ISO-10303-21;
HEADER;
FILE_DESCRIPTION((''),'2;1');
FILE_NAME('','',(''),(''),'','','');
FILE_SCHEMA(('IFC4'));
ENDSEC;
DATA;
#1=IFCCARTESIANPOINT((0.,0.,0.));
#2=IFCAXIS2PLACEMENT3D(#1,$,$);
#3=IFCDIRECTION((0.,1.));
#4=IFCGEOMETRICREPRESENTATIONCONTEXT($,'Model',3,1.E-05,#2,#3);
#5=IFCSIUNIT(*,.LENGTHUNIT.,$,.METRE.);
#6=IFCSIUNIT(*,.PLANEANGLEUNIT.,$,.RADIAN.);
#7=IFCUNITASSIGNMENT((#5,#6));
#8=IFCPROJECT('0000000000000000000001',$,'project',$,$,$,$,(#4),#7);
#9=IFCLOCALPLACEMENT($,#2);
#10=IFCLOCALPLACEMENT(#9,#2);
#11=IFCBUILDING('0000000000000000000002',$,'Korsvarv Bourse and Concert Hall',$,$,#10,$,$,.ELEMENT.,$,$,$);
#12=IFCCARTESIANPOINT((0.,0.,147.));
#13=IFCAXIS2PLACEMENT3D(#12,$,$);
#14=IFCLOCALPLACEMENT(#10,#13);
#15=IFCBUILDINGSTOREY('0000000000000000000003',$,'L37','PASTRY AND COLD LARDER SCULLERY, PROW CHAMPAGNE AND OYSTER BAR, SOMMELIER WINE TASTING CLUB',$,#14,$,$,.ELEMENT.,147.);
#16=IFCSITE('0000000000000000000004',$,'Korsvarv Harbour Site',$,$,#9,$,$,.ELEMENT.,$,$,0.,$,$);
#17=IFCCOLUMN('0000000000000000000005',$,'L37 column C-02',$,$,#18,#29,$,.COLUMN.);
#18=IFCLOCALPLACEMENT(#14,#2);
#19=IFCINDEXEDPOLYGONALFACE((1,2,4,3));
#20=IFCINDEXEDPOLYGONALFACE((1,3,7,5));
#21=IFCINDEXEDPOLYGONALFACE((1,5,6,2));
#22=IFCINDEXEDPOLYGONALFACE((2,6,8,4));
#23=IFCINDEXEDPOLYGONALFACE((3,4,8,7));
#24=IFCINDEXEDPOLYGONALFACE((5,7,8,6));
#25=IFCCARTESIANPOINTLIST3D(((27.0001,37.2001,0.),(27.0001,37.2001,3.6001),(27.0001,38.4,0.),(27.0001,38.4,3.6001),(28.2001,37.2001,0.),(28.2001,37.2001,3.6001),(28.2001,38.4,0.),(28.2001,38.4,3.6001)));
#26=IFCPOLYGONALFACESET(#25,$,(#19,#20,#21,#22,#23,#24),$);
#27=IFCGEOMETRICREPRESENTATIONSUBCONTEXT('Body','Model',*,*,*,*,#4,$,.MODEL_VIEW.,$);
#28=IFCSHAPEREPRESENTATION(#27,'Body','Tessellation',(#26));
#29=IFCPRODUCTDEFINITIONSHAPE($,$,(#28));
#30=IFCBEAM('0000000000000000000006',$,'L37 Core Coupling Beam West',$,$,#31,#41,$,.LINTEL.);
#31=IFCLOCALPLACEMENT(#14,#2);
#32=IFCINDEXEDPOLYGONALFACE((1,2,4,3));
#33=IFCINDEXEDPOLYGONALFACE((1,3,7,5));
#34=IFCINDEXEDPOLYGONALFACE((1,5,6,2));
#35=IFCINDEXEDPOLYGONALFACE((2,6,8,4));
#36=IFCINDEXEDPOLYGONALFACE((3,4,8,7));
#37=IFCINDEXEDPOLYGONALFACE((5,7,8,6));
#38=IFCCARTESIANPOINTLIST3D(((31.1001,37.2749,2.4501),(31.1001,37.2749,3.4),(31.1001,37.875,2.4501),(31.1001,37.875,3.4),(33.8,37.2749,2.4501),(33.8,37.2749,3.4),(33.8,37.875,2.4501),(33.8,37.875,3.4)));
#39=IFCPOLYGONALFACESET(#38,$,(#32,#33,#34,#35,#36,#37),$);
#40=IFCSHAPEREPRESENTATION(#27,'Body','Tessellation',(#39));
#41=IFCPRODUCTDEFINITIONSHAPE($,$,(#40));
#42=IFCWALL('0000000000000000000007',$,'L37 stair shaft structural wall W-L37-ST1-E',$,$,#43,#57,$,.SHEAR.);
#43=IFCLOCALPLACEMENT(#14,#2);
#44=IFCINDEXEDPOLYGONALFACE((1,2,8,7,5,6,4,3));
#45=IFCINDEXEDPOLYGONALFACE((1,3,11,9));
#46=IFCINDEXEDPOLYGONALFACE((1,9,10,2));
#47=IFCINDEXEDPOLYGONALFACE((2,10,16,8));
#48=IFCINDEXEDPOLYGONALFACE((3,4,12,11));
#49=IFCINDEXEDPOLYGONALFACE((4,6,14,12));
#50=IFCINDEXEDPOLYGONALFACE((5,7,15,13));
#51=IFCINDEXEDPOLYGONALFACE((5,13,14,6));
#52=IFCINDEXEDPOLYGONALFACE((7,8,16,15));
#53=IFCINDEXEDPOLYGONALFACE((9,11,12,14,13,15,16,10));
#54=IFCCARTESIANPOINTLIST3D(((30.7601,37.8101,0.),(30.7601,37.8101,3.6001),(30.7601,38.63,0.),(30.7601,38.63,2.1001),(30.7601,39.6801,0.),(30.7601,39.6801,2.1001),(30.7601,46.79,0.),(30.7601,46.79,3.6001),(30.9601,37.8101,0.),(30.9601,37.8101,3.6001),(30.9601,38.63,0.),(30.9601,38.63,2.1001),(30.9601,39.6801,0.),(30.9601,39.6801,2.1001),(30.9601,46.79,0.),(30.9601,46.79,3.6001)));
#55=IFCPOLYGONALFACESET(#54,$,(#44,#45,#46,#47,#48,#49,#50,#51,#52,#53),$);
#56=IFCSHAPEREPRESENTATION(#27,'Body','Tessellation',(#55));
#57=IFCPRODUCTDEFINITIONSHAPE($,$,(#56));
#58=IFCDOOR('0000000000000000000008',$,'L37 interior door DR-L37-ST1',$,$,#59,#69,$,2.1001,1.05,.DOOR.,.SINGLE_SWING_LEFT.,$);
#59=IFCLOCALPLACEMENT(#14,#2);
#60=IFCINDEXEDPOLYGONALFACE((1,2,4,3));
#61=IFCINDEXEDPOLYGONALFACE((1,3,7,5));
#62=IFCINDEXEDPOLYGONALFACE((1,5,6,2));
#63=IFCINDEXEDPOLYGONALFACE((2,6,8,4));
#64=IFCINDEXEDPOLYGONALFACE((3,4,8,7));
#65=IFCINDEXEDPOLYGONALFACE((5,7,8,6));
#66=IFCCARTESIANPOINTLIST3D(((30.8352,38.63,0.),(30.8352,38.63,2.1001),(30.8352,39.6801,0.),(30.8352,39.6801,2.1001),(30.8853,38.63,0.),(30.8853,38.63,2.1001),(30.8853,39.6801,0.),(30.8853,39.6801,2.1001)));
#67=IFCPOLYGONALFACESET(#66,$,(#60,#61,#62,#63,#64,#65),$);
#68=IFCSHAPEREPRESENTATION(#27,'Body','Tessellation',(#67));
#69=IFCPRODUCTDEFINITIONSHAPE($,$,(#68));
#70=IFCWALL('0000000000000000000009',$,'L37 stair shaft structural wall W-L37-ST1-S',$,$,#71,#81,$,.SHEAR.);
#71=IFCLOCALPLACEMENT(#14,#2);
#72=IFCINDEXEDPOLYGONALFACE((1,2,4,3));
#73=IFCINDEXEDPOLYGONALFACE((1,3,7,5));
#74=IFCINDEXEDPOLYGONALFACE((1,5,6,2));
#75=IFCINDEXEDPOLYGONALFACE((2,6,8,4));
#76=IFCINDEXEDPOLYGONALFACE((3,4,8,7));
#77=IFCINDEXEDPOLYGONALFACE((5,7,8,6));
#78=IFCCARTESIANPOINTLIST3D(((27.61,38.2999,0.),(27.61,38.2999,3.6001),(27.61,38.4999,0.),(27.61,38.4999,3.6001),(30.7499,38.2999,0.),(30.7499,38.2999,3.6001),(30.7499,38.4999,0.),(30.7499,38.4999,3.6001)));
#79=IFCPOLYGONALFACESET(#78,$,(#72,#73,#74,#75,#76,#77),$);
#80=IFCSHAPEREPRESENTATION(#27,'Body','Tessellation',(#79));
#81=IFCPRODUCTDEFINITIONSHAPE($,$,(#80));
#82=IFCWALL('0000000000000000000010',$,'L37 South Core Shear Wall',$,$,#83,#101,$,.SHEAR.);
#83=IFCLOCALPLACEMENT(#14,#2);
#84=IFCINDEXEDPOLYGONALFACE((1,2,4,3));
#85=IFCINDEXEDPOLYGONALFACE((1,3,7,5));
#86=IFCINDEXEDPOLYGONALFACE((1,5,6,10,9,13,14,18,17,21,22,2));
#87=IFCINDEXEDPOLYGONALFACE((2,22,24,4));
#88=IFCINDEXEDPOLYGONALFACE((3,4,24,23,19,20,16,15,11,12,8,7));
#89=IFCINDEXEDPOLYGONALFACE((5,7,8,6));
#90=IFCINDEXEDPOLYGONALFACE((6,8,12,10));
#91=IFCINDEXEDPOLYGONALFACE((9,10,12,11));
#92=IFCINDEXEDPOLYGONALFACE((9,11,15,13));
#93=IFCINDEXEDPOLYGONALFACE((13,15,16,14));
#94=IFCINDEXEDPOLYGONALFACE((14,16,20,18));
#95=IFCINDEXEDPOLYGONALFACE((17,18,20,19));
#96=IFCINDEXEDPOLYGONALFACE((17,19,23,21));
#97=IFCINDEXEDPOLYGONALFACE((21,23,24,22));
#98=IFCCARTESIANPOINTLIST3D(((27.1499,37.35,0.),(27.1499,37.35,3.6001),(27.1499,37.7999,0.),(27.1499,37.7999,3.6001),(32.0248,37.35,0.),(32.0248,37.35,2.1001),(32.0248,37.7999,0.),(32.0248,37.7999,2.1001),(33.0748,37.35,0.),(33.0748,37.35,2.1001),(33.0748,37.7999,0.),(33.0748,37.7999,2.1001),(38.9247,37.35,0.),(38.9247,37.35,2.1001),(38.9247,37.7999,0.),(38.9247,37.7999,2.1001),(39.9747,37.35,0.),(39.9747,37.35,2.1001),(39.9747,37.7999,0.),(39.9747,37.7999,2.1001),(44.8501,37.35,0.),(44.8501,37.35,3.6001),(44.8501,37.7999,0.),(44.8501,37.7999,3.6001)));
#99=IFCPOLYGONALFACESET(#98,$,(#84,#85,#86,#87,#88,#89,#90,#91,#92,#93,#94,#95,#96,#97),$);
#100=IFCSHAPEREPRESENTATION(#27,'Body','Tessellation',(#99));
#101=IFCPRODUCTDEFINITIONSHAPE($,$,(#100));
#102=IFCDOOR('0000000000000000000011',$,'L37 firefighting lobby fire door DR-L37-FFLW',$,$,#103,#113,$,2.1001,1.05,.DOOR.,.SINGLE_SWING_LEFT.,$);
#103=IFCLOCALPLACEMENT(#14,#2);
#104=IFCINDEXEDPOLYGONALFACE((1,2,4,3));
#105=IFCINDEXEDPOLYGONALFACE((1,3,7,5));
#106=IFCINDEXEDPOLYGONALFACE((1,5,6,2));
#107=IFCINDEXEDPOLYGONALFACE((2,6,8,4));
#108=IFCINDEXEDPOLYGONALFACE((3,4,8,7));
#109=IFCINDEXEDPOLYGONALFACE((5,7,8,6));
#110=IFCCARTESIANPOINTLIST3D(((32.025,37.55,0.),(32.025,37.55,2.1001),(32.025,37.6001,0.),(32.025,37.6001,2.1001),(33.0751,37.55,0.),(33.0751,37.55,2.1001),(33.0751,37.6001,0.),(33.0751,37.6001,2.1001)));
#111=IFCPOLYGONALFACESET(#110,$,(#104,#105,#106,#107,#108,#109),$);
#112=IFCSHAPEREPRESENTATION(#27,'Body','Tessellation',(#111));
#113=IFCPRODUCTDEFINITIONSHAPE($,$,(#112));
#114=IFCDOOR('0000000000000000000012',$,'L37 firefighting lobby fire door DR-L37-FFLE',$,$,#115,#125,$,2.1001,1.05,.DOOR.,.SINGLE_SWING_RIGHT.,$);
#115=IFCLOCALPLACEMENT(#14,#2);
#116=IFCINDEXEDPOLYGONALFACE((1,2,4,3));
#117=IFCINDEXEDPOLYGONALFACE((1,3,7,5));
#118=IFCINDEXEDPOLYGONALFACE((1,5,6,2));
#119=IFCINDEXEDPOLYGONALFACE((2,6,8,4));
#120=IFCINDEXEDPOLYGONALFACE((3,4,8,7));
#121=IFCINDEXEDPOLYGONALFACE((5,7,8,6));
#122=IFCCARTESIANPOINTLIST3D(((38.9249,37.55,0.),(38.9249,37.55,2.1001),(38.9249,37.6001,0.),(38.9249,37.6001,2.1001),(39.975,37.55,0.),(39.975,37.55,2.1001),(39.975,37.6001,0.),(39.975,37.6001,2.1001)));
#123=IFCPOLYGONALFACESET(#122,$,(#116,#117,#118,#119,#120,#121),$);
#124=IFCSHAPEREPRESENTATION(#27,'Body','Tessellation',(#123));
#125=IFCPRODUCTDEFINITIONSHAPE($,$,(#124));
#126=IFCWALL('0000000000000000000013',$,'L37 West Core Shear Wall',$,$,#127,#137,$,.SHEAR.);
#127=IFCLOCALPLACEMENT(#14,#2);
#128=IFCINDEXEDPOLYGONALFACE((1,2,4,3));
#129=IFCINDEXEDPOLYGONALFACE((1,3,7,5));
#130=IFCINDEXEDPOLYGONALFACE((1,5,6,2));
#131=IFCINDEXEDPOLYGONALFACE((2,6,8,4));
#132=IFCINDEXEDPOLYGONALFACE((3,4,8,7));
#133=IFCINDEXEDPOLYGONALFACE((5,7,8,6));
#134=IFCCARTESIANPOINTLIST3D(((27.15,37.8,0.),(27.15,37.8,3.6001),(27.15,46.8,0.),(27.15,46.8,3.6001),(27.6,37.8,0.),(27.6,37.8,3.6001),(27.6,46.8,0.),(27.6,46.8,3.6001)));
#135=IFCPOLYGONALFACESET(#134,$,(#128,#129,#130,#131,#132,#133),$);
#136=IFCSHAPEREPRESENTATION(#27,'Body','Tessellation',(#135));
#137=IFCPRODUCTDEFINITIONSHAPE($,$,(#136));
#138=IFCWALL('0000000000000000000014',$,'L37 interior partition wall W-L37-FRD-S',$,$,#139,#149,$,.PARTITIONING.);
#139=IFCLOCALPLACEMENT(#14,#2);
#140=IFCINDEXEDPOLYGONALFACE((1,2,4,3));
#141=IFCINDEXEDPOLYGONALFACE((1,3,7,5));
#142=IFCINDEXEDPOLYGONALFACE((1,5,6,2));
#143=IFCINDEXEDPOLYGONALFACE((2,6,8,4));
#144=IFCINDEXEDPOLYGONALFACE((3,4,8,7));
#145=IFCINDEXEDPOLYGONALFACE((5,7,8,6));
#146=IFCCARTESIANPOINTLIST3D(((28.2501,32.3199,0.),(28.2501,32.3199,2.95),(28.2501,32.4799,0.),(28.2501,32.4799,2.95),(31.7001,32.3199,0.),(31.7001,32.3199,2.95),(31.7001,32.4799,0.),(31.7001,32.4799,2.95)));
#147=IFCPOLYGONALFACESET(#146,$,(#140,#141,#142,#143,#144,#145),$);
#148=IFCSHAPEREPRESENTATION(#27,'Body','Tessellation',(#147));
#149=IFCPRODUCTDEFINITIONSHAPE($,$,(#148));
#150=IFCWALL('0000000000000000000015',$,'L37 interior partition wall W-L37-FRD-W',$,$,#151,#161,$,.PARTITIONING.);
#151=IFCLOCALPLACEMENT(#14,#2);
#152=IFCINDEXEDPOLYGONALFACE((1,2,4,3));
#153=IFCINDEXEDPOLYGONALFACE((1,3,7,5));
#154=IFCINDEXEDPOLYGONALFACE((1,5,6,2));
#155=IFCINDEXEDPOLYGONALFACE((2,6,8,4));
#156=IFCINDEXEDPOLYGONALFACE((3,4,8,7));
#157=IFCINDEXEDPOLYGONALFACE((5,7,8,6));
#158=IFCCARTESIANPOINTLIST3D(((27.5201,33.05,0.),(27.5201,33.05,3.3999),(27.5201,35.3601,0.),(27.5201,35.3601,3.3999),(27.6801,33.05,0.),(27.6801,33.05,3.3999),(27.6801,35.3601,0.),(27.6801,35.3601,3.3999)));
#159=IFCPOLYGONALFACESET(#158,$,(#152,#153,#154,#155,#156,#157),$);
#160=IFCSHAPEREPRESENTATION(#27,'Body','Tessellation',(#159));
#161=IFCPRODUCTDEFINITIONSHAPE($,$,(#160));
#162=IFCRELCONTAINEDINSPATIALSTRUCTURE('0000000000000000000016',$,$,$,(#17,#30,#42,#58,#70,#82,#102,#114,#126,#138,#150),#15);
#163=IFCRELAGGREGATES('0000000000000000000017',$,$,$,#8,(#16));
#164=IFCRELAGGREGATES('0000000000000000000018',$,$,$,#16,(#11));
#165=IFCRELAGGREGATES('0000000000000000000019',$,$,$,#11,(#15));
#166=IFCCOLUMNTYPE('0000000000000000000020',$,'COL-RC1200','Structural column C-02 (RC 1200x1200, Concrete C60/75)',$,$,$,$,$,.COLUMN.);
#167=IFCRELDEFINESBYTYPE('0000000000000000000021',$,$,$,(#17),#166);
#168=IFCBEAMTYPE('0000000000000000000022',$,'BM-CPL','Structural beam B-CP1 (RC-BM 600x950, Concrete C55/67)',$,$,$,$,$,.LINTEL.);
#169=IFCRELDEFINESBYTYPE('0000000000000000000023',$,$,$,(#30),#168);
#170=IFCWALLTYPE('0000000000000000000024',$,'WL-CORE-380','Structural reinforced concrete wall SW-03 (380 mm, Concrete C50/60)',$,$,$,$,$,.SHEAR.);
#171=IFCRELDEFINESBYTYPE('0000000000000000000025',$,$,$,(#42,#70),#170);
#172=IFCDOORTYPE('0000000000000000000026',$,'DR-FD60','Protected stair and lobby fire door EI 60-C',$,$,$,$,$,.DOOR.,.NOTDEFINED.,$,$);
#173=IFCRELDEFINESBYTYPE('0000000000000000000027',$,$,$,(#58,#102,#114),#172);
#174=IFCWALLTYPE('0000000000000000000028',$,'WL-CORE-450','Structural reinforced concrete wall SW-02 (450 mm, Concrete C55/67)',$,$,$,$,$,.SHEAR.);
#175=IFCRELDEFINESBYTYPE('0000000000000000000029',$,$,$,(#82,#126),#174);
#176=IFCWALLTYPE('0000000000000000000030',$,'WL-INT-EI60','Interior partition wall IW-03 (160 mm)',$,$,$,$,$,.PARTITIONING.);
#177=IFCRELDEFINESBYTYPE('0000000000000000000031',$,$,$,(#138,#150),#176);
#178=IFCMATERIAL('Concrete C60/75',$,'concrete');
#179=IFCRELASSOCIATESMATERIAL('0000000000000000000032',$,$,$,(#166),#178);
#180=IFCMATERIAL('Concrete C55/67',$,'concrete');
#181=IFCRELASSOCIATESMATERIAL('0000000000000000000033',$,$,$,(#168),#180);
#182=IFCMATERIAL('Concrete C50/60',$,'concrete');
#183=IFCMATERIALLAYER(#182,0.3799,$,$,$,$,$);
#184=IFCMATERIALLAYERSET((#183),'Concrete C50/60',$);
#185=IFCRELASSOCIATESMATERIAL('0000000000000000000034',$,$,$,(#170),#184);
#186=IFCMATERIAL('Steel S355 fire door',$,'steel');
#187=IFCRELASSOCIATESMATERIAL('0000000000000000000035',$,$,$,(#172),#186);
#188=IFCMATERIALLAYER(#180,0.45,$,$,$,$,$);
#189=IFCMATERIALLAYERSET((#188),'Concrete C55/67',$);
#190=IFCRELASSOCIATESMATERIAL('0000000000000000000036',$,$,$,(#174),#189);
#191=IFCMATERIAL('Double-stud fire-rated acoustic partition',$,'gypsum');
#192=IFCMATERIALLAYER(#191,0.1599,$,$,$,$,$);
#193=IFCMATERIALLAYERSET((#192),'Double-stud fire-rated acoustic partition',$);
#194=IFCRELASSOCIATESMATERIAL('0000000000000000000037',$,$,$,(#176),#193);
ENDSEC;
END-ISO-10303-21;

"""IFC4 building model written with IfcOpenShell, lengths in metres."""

from ifc_helpers import new_model, si_unit, direction, frame, frame_2d, origin, origin_2d, place, context, subcontext, project, spatial, rectangle, extrude, source, transform, mapped, material, layer, layer_set, material_profile, profile_set, type_object, element, fill, save


model = new_model("IFC4")

# Units and contexts
model_context = context("Model", 3, precision=1e-05, world=origin(), true_north=direction((0.0, 1.0)))
body_context = subcontext(model_context, "Body", "Model", "MODEL_VIEW")
ifc_project = project(units=[si_unit("LENGTHUNIT", "METRE"), si_unit("PLANEANGLEUNIT", "RADIAN")], contexts=[model_context])

# Site, building, storey
site_placement = place(None, origin())
site = spatial("IfcSite", under=ifc_project, at=site_placement, Name="Korsvarv Harbour Site", CompositionType="ELEMENT", RefElevation=0.0)
building_placement = place(site_placement, origin())
building = spatial("IfcBuilding", under=site, at=building_placement, Name="Korsvarv Bourse and Concert Hall", CompositionType="ELEMENT")
storey_placement = place(building_placement, frame((0.0, 0.0, 147.0)))
storey = spatial("IfcBuildingStorey", under=building, at=storey_placement, Name="L37", Description="PASTRY AND COLD LARDER SCULLERY, PROW CHAMPAGNE AND OYSTER BAR, SOMMELIER WINE TASTING CLUB", CompositionType="ELEMENT", Elevation=147.0)

# Column
ifc_material_1 = material(Name="Concrete C60/75", Category="concrete")
ifc_material_profile_1 = material_profile(ifc_material_1, rectangle(XDim=1.2, YDim=1.2, at=origin_2d()), Name="RC 1200x1200")
ifc_profile_set_1 = profile_set([ifc_material_profile_1], Name="Concrete C60/75")
column_type = type_object("IfcColumnType", Name="COL-RC1200", Description="Structural column C-02 (RC 1200x1200, Concrete C60/75)", PredefinedType="COLUMN", material=ifc_profile_set_1)
shared_shape_1 = source(origin(), body_context, "Body", "SweptSolid", [
    extrude(rectangle(XDim=1.2, YDim=1.2, at=origin_2d()), origin(), (0.0, 0.0, 1.0), 3.6001),
])
column_placement = place(storey_placement, frame((27.6001, 37.8, 0.0), z_axis=(0.0, 0.0, 1.0), x_axis=(1.0, 0.0, 0.0)))
element("IfcColumn", 1, at=column_placement, inside=storey, type_object=column_type, Name="L37 column C-02", PredefinedType="COLUMN", context=body_context, shape_type="MappedRepresentation", body=[
    mapped(shared_shape_1, transform((0.0, 0.0, 0.0), scale=1.0)),
])

# Beam
ifc_material_2 = material(Name="Concrete C55/67", Category="concrete")
ifc_material_profile_2 = material_profile(ifc_material_2, rectangle(XDim=0.6001, YDim=0.95, at=origin_2d()), Name="RC-BM 600x950")
ifc_profile_set_2 = profile_set([ifc_material_profile_2], Name="Concrete C55/67")
beam_type = type_object("IfcBeamType", Name="BM-CPL", Description="Structural beam B-CP1 (RC-BM 600x950, Concrete C55/67)", PredefinedType="LINTEL", material=ifc_profile_set_2)
shared_shape_2 = source(origin(), body_context, "Body", "SweptSolid", [
    extrude(rectangle(XDim=0.6001, YDim=0.95, at=origin_2d()), origin(), (0.0, 0.0, 1.0), 2.7),
])
beam_placement = place(storey_placement, frame((31.1001, 37.575, 2.925), z_axis=(1.0, 0.0, 0.0), x_axis=(0.0, 1.0, 0.0)))
element("IfcBeam", 2, at=beam_placement, inside=storey, type_object=beam_type, Name="L37 Core Coupling Beam West", PredefinedType="LINTEL", context=body_context, shape_type="MappedRepresentation", body=[
    mapped(shared_shape_2, transform((0.0, 0.0, 0.0), scale=1.0)),
])

# Wall, opening, door
ifc_material_3 = material(Name="Concrete C50/60", Category="concrete")
ifc_layer_1 = layer(ifc_material_3, 0.3799)
ifc_layer_set_1 = layer_set([ifc_layer_1], Name="Concrete C50/60")
wall_type_1 = type_object("IfcWallType", Name="WL-CORE-380", Description="Structural reinforced concrete wall SW-03 (380 mm, Concrete C50/60)", PredefinedType="SHEAR", material=ifc_layer_set_1)
wall_1_placement = place(storey_placement, frame((30.8601, 37.8101, 0.0), z_axis=(0.0, 0.0, 1.0), x_axis=(0.0, 1.0, 0.0)))
wall_1 = element("IfcWall", 3, at=wall_1_placement, inside=storey, type_object=wall_type_1, Name="L37 stair shaft structural wall W-L37-ST1-E", PredefinedType="SHEAR", context=body_context, shape_type="SweptSolid", body=[
    extrude(rectangle(XDim=8.98, YDim=0.2, at=frame_2d((4.49, 0.0))), origin(), (0.0, 0.0, 1.0), 3.6001),
])
opening_1_placement = place(wall_1_placement, frame((0.8201, 0.0, 0.0)))
opening_1 = element("IfcOpeningElement", 4, at=opening_1_placement, cuts=wall_1, PredefinedType="OPENING", context=body_context, shape_type="SweptSolid", body=[
    extrude(rectangle(XDim=1.05, YDim=2.1001, at=frame_2d((0.5249, 1.05))), frame((0.0, 0.1099, 0.0), z_axis=(0.0, -1.0, 0.0), x_axis=(1.0, 0.0, 0.0)), (0.0, 0.0, 1.0), 0.22),
])
ifc_material_4 = material(Name="Steel S355 fire door", Category="steel")
door_type_1 = type_object("IfcDoorType", Name="DR-FD60", Description="Protected stair and lobby fire door EI 60-C", OperationType="NOTDEFINED", PredefinedType="DOOR", material=ifc_material_4)
door_1_placement = place(opening_1_placement, origin())
door_1 = element("IfcDoor", 5, at=door_1_placement, inside=storey, type_object=door_type_1, Name="L37 interior door DR-L37-ST1", OperationType="SINGLE_SWING_LEFT", OverallHeight=2.1001, OverallWidth=1.05, PredefinedType="DOOR", context=body_context, shape_type="SweptSolid", body=[
    extrude(rectangle(XDim=1.05, YDim=2.1001, at=frame_2d((0.5249, 1.05))), frame((0.0, 0.0249, 0.0), z_axis=(0.0, -1.0, 0.0), x_axis=(1.0, 0.0, 0.0)), (0.0, 0.0, 1.0), 0.05),
])
fill(opening_1, door_1)

# Wall
wall_2_placement = place(storey_placement, frame((27.6101, 38.3999, 0.0), z_axis=(0.0, 0.0, 1.0), x_axis=(1.0, 0.0, 0.0)))
element("IfcWall", 6, at=wall_2_placement, inside=storey, type_object=wall_type_1, Name="L37 stair shaft structural wall W-L37-ST1-S", PredefinedType="SHEAR", context=body_context, shape_type="SweptSolid", body=[
    extrude(rectangle(XDim=3.1399, YDim=0.2, at=frame_2d((1.5698, 0.0))), origin(), (0.0, 0.0, 1.0), 3.6001),
])

# Wall, openings, doors
ifc_layer_2 = layer(ifc_material_2, 0.45)
ifc_layer_set_2 = layer_set([ifc_layer_2], Name="Concrete C55/67")
wall_type_2 = type_object("IfcWallType", Name="WL-CORE-450", Description="Structural reinforced concrete wall SW-02 (450 mm, Concrete C55/67)", PredefinedType="SHEAR", material=ifc_layer_set_2)
wall_3_placement = place(storey_placement, frame((27.1499, 37.575, 0.0), z_axis=(0.0, 0.0, 1.0), x_axis=(1.0, 0.0, 0.0)))
wall_3 = element("IfcWall", 7, at=wall_3_placement, inside=storey, type_object=wall_type_2, Name="L37 South Core Shear Wall", PredefinedType="SHEAR", context=body_context, shape_type="SweptSolid", body=[
    extrude(rectangle(XDim=17.7002, YDim=0.45, at=frame_2d((8.8501, 0.0))), origin(), (0.0, 0.0, 1.0), 3.6001),
])
opening_2_placement = place(wall_3_placement, frame((4.875, 0.0, 0.0)))
opening_2 = element("IfcOpeningElement", 8, at=opening_2_placement, cuts=wall_3, PredefinedType="OPENING", context=body_context, shape_type="SweptSolid", body=[
    extrude(rectangle(XDim=1.05, YDim=2.1001, at=frame_2d((0.5249, 1.05))), frame((0.0, 0.2349, 0.0), z_axis=(0.0, -1.0, 0.0), x_axis=(1.0, 0.0, 0.0)), (0.0, 0.0, 1.0), 0.47),
])
opening_3_placement = place(wall_3_placement, frame((11.7749, 0.0, 0.0)))
opening_3 = element("IfcOpeningElement", 9, at=opening_3_placement, cuts=wall_3, PredefinedType="OPENING", context=body_context, shape_type="SweptSolid", body=[
    extrude(rectangle(XDim=1.05, YDim=2.1001, at=frame_2d((0.5249, 1.05))), frame((0.0, 0.2349, 0.0), z_axis=(0.0, -1.0, 0.0), x_axis=(1.0, 0.0, 0.0)), (0.0, 0.0, 1.0), 0.47),
])
door_2_placement = place(opening_2_placement, frame((1.05, 0.0, 0.0), z_axis=(0.0, 0.0, 1.0), x_axis=(-1.0, 0.0, 0.0)))
door_2 = element("IfcDoor", 10, at=door_2_placement, inside=storey, type_object=door_type_1, Name="L37 firefighting lobby fire door DR-L37-FFLW", OperationType="SINGLE_SWING_LEFT", OverallHeight=2.1001, OverallWidth=1.05, PredefinedType="DOOR", context=body_context, shape_type="SweptSolid", body=[
    extrude(rectangle(XDim=1.05, YDim=2.1001, at=frame_2d((0.5249, 1.05))), frame((0.0, 0.0249, 0.0), z_axis=(0.0, -1.0, 0.0), x_axis=(1.0, 0.0, 0.0)), (0.0, 0.0, 1.0), 0.05),
])
fill(opening_2, door_2)
door_3_placement = place(opening_3_placement, frame((1.05, 0.0, 0.0), z_axis=(0.0, 0.0, 1.0), x_axis=(-1.0, 0.0, 0.0)))
door_3 = element("IfcDoor", 11, at=door_3_placement, inside=storey, type_object=door_type_1, Name="L37 firefighting lobby fire door DR-L37-FFLE", OperationType="SINGLE_SWING_RIGHT", OverallHeight=2.1001, OverallWidth=1.05, PredefinedType="DOOR", context=body_context, shape_type="SweptSolid", body=[
    extrude(rectangle(XDim=1.05, YDim=2.1001, at=frame_2d((0.5249, 1.05))), frame((0.0, 0.0249, 0.0), z_axis=(0.0, -1.0, 0.0), x_axis=(1.0, 0.0, 0.0)), (0.0, 0.0, 1.0), 0.05),
])
fill(opening_3, door_3)

# Walls
wall_4_placement = place(storey_placement, frame((27.375, 37.8, 0.0), z_axis=(0.0, 0.0, 1.0), x_axis=(0.0, 1.0, 0.0)))
element("IfcWall", 12, at=wall_4_placement, inside=storey, type_object=wall_type_2, Name="L37 West Core Shear Wall", PredefinedType="SHEAR", context=body_context, shape_type="SweptSolid", body=[
    extrude(rectangle(XDim=9.0, YDim=0.45, at=frame_2d((4.5, 0.0))), origin(), (0.0, 0.0, 1.0), 3.6001),
])
ifc_material_5 = material(Name="Double-stud fire-rated acoustic partition", Category="gypsum")
ifc_layer_3 = layer(ifc_material_5, 0.1599)
ifc_layer_set_3 = layer_set([ifc_layer_3], Name="Double-stud fire-rated acoustic partition")
wall_type_3 = type_object("IfcWallType", Name="WL-INT-EI60", Description="Interior partition wall IW-03 (160 mm)", PredefinedType="PARTITIONING", material=ifc_layer_set_3)
wall_5_placement = place(storey_placement, frame((28.25, 32.3999, 0.0), z_axis=(0.0, 0.0, 1.0), x_axis=(1.0, 0.0, 0.0)))
element("IfcWall", 13, at=wall_5_placement, inside=storey, type_object=wall_type_3, Name="L37 interior partition wall W-L37-FRD-S", PredefinedType="PARTITIONING", context=body_context, shape_type="SweptSolid", body=[
    extrude(rectangle(XDim=3.45, YDim=0.1599, at=frame_2d((1.7251, 0.0))), origin(), (0.0, 0.0, 1.0), 2.95),
])
wall_6_placement = place(storey_placement, frame((27.6001, 33.05, 0.0), z_axis=(0.0, 0.0, 1.0), x_axis=(0.0, 1.0, 0.0)))
element("IfcWall", 14, at=wall_6_placement, inside=storey, type_object=wall_type_3, Name="L37 interior partition wall W-L37-FRD-W", PredefinedType="PARTITIONING", context=body_context, shape_type="SweptSolid", body=[
    extrude(rectangle(XDim=2.3101, YDim=0.1599, at=frame_2d((1.155, 0.0))), origin(), (0.0, 0.0, 1.0), 3.3999),
])

save(model, "model.ifc")
